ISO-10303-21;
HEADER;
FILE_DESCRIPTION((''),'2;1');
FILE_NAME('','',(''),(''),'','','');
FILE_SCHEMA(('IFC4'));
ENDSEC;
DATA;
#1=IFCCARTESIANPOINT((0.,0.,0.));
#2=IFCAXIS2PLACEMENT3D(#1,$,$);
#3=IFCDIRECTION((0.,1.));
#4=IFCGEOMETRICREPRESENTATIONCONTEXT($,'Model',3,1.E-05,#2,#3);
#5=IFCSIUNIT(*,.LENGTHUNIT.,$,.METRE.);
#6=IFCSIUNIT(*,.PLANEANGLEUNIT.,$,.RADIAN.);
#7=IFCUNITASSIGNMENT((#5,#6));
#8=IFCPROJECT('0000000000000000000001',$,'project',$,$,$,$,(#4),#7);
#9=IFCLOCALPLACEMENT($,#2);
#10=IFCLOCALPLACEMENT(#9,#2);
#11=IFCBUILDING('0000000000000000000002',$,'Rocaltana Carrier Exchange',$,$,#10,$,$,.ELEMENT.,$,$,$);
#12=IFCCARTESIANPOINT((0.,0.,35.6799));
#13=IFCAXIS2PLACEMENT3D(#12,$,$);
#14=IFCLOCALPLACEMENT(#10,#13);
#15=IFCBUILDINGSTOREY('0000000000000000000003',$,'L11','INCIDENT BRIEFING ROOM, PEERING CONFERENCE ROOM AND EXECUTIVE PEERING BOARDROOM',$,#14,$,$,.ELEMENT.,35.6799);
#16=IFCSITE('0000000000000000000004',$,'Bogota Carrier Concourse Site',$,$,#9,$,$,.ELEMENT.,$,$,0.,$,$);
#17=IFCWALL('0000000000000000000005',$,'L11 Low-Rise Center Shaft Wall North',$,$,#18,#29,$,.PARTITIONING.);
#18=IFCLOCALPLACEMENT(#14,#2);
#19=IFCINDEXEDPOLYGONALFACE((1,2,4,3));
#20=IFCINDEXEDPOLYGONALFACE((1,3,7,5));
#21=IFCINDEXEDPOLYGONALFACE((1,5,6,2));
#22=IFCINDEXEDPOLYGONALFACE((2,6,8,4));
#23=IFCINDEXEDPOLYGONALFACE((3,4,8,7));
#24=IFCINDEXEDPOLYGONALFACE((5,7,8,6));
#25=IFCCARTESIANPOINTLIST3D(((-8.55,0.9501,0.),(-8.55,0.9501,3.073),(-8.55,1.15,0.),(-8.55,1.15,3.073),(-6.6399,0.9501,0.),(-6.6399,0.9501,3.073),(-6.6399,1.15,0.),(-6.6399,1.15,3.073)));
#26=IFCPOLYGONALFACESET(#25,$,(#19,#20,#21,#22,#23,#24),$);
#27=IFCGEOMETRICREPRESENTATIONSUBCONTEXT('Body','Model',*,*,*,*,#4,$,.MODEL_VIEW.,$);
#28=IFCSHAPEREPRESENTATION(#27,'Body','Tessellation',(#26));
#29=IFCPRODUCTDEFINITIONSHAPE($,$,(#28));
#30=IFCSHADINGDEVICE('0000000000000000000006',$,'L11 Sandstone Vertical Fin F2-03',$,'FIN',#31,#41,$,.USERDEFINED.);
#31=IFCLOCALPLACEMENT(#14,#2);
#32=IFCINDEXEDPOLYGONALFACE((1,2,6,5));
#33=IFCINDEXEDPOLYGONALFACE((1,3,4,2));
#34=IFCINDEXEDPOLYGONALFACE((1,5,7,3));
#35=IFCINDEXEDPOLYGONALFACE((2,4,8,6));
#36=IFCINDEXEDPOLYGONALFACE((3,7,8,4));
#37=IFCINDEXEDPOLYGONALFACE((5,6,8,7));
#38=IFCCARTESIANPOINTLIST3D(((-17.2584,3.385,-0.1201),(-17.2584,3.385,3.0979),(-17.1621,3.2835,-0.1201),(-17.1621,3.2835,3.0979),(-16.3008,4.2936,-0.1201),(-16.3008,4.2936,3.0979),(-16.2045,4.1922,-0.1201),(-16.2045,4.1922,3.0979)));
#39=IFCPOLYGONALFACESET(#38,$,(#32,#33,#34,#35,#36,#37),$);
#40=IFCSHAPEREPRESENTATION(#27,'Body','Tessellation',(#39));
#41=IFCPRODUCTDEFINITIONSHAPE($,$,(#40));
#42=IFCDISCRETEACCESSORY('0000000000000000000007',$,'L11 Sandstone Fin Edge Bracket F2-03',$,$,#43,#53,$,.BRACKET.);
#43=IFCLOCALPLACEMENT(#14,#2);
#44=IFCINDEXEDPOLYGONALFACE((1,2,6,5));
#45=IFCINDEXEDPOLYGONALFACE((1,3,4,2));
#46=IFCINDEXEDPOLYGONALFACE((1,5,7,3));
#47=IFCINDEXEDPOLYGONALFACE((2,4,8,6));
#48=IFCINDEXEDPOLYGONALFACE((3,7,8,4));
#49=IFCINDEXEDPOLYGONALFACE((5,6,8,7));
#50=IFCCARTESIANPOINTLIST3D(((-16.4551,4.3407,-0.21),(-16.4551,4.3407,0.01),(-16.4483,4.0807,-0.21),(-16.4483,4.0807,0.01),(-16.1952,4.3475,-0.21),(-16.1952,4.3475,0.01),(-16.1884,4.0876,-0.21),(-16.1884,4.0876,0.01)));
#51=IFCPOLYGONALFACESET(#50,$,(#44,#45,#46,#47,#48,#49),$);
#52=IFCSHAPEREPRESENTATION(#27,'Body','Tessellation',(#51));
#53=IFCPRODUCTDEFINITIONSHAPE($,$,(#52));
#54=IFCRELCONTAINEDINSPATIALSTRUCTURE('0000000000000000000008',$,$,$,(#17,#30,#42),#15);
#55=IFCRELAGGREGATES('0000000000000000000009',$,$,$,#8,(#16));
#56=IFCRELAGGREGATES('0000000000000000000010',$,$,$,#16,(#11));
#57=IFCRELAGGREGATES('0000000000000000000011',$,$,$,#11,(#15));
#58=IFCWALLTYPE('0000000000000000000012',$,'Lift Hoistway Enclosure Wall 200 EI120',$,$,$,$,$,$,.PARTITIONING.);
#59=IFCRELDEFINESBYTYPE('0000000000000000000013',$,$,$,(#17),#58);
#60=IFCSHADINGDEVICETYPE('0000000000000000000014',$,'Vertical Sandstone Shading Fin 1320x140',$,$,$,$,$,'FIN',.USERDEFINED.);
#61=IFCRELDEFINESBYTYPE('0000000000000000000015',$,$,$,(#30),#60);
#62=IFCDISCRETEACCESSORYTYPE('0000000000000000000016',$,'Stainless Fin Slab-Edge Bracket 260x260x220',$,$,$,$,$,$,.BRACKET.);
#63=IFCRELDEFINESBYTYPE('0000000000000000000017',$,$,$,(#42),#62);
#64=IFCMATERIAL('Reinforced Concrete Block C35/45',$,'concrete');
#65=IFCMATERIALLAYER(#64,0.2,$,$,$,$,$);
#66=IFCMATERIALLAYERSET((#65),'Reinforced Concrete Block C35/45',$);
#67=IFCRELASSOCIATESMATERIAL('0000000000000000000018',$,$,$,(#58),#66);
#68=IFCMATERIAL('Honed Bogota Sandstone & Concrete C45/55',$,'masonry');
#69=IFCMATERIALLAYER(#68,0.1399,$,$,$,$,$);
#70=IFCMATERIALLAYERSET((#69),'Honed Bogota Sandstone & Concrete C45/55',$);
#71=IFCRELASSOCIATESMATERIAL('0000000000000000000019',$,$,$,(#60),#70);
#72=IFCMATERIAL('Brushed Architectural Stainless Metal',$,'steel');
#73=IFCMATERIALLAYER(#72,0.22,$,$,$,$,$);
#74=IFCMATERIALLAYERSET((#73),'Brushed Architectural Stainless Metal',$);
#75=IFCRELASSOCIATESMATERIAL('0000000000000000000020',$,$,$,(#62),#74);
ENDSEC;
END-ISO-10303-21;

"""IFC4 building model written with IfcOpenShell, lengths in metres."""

from ifc_helpers import new_model, si_unit, direction, frame, frame_2d, origin, origin_2d, place, context, subcontext, project, spatial, rectangle, extrude, material, layer, layer_set, type_object, element, save


model = new_model("IFC4")

# Units and contexts
model_context = context("Model", 3, precision=1e-05, world=origin(), true_north=direction((0.0, 1.0)))
body_context = subcontext(model_context, "Body", "Model", "MODEL_VIEW")
ifc_project = project(units=[si_unit("LENGTHUNIT", "METRE"), si_unit("PLANEANGLEUNIT", "RADIAN")], contexts=[model_context])

# Site, building, storey
site_placement = place(None, origin())
site = spatial("IfcSite", under=ifc_project, at=site_placement, Name="Bogota Carrier Concourse Site", CompositionType="ELEMENT", RefElevation=0.0)
building_placement = place(site_placement, origin())
building = spatial("IfcBuilding", under=site, at=building_placement, Name="Rocaltana Carrier Exchange", CompositionType="ELEMENT")
storey_placement = place(building_placement, frame((0.0, 0.0, 35.6799)))
storey = spatial("IfcBuildingStorey", under=building, at=storey_placement, Name="L11", Description="INCIDENT BRIEFING ROOM, PEERING CONFERENCE ROOM AND EXECUTIVE PEERING BOARDROOM", CompositionType="ELEMENT", Elevation=35.6799)

# Wall
ifc_material_1 = material(Name="Reinforced Concrete Block C35/45", Category="concrete")
ifc_layer_1 = layer(ifc_material_1, 0.2)
ifc_layer_set_1 = layer_set([ifc_layer_1], Name="Reinforced Concrete Block C35/45")
wall_type_1 = type_object("IfcWallType", Name="Lift Hoistway Enclosure Wall 200 EI120", PredefinedType="PARTITIONING", material=ifc_layer_set_1)
wall_1_placement = place(storey_placement, frame((-8.55, 1.05, 0.0), z_axis=(0.0, 0.0, 1.0), x_axis=(1.0, 0.0, 0.0)))
element("IfcWall", 1, at=wall_1_placement, inside=storey, type_object=wall_type_1, Name="L11 Low-Rise Center Shaft Wall North", PredefinedType="PARTITIONING", context=body_context, shape_type="SweptSolid", body=[
    extrude(rectangle(XDim=1.9102, YDim=0.2, at=frame_2d((0.9551, 0.0))), origin(), (0.0, 0.0, 1.0), 3.073),
])

# Shading device
ifc_material_2 = material(Name="Honed Bogota Sandstone & Concrete C45/55", Category="masonry")
ifc_layer_2 = layer(ifc_material_2, 0.1399)
ifc_layer_set_2 = layer_set([ifc_layer_2], Name="Honed Bogota Sandstone & Concrete C45/55")
shading_device_type = type_object("IfcShadingDeviceType", Name="Vertical Sandstone Shading Fin 1320x140", ElementType="FIN", PredefinedType="USERDEFINED", material=ifc_layer_set_2)
shading_device_placement = place(storey_placement, frame((-16.7314, 3.7886, -0.1201), z_axis=(0.0, 0.0, 1.0), x_axis=(-0.725374, -0.688355, 0.0)))
element("IfcShadingDevice", 2, at=shading_device_placement, inside=storey, type_object=shading_device_type, Name="L11 Sandstone Vertical Fin F2-03", ObjectType="FIN", PredefinedType="USERDEFINED", context=body_context, shape_type="SweptSolid", body=[
    extrude(rectangle(XDim=1.3201, YDim=0.1399, at=origin_2d()), origin(), (0.0, 0.0, 1.0), 3.218),
])

# Discrete accessory
ifc_material_3 = material(Name="Brushed Architectural Stainless Metal", Category="steel")
ifc_layer_3 = layer(ifc_material_3, 0.22)
ifc_layer_set_3 = layer_set([ifc_layer_3], Name="Brushed Architectural Stainless Metal")
discrete_accessory_type = type_object("IfcDiscreteAccessoryType", Name="Stainless Fin Slab-Edge Bracket 260x260x220", PredefinedType="BRACKET", material=ifc_layer_set_3)
discrete_accessory_placement = place(storey_placement, frame((-16.3218, 4.2141, -0.21), z_axis=(0.0, 0.0, 1.0), x_axis=(0.026177, -0.999657, 0.0)))
element("IfcDiscreteAccessory", 3, at=discrete_accessory_placement, inside=storey, type_object=discrete_accessory_type, Name="L11 Sandstone Fin Edge Bracket F2-03", PredefinedType="BRACKET", context=body_context, shape_type="SweptSolid", body=[
    extrude(rectangle(XDim=0.26, YDim=0.26, at=origin_2d()), origin(), (0.0, 0.0, 1.0), 0.22),
])

save(model, "model.ifc")
